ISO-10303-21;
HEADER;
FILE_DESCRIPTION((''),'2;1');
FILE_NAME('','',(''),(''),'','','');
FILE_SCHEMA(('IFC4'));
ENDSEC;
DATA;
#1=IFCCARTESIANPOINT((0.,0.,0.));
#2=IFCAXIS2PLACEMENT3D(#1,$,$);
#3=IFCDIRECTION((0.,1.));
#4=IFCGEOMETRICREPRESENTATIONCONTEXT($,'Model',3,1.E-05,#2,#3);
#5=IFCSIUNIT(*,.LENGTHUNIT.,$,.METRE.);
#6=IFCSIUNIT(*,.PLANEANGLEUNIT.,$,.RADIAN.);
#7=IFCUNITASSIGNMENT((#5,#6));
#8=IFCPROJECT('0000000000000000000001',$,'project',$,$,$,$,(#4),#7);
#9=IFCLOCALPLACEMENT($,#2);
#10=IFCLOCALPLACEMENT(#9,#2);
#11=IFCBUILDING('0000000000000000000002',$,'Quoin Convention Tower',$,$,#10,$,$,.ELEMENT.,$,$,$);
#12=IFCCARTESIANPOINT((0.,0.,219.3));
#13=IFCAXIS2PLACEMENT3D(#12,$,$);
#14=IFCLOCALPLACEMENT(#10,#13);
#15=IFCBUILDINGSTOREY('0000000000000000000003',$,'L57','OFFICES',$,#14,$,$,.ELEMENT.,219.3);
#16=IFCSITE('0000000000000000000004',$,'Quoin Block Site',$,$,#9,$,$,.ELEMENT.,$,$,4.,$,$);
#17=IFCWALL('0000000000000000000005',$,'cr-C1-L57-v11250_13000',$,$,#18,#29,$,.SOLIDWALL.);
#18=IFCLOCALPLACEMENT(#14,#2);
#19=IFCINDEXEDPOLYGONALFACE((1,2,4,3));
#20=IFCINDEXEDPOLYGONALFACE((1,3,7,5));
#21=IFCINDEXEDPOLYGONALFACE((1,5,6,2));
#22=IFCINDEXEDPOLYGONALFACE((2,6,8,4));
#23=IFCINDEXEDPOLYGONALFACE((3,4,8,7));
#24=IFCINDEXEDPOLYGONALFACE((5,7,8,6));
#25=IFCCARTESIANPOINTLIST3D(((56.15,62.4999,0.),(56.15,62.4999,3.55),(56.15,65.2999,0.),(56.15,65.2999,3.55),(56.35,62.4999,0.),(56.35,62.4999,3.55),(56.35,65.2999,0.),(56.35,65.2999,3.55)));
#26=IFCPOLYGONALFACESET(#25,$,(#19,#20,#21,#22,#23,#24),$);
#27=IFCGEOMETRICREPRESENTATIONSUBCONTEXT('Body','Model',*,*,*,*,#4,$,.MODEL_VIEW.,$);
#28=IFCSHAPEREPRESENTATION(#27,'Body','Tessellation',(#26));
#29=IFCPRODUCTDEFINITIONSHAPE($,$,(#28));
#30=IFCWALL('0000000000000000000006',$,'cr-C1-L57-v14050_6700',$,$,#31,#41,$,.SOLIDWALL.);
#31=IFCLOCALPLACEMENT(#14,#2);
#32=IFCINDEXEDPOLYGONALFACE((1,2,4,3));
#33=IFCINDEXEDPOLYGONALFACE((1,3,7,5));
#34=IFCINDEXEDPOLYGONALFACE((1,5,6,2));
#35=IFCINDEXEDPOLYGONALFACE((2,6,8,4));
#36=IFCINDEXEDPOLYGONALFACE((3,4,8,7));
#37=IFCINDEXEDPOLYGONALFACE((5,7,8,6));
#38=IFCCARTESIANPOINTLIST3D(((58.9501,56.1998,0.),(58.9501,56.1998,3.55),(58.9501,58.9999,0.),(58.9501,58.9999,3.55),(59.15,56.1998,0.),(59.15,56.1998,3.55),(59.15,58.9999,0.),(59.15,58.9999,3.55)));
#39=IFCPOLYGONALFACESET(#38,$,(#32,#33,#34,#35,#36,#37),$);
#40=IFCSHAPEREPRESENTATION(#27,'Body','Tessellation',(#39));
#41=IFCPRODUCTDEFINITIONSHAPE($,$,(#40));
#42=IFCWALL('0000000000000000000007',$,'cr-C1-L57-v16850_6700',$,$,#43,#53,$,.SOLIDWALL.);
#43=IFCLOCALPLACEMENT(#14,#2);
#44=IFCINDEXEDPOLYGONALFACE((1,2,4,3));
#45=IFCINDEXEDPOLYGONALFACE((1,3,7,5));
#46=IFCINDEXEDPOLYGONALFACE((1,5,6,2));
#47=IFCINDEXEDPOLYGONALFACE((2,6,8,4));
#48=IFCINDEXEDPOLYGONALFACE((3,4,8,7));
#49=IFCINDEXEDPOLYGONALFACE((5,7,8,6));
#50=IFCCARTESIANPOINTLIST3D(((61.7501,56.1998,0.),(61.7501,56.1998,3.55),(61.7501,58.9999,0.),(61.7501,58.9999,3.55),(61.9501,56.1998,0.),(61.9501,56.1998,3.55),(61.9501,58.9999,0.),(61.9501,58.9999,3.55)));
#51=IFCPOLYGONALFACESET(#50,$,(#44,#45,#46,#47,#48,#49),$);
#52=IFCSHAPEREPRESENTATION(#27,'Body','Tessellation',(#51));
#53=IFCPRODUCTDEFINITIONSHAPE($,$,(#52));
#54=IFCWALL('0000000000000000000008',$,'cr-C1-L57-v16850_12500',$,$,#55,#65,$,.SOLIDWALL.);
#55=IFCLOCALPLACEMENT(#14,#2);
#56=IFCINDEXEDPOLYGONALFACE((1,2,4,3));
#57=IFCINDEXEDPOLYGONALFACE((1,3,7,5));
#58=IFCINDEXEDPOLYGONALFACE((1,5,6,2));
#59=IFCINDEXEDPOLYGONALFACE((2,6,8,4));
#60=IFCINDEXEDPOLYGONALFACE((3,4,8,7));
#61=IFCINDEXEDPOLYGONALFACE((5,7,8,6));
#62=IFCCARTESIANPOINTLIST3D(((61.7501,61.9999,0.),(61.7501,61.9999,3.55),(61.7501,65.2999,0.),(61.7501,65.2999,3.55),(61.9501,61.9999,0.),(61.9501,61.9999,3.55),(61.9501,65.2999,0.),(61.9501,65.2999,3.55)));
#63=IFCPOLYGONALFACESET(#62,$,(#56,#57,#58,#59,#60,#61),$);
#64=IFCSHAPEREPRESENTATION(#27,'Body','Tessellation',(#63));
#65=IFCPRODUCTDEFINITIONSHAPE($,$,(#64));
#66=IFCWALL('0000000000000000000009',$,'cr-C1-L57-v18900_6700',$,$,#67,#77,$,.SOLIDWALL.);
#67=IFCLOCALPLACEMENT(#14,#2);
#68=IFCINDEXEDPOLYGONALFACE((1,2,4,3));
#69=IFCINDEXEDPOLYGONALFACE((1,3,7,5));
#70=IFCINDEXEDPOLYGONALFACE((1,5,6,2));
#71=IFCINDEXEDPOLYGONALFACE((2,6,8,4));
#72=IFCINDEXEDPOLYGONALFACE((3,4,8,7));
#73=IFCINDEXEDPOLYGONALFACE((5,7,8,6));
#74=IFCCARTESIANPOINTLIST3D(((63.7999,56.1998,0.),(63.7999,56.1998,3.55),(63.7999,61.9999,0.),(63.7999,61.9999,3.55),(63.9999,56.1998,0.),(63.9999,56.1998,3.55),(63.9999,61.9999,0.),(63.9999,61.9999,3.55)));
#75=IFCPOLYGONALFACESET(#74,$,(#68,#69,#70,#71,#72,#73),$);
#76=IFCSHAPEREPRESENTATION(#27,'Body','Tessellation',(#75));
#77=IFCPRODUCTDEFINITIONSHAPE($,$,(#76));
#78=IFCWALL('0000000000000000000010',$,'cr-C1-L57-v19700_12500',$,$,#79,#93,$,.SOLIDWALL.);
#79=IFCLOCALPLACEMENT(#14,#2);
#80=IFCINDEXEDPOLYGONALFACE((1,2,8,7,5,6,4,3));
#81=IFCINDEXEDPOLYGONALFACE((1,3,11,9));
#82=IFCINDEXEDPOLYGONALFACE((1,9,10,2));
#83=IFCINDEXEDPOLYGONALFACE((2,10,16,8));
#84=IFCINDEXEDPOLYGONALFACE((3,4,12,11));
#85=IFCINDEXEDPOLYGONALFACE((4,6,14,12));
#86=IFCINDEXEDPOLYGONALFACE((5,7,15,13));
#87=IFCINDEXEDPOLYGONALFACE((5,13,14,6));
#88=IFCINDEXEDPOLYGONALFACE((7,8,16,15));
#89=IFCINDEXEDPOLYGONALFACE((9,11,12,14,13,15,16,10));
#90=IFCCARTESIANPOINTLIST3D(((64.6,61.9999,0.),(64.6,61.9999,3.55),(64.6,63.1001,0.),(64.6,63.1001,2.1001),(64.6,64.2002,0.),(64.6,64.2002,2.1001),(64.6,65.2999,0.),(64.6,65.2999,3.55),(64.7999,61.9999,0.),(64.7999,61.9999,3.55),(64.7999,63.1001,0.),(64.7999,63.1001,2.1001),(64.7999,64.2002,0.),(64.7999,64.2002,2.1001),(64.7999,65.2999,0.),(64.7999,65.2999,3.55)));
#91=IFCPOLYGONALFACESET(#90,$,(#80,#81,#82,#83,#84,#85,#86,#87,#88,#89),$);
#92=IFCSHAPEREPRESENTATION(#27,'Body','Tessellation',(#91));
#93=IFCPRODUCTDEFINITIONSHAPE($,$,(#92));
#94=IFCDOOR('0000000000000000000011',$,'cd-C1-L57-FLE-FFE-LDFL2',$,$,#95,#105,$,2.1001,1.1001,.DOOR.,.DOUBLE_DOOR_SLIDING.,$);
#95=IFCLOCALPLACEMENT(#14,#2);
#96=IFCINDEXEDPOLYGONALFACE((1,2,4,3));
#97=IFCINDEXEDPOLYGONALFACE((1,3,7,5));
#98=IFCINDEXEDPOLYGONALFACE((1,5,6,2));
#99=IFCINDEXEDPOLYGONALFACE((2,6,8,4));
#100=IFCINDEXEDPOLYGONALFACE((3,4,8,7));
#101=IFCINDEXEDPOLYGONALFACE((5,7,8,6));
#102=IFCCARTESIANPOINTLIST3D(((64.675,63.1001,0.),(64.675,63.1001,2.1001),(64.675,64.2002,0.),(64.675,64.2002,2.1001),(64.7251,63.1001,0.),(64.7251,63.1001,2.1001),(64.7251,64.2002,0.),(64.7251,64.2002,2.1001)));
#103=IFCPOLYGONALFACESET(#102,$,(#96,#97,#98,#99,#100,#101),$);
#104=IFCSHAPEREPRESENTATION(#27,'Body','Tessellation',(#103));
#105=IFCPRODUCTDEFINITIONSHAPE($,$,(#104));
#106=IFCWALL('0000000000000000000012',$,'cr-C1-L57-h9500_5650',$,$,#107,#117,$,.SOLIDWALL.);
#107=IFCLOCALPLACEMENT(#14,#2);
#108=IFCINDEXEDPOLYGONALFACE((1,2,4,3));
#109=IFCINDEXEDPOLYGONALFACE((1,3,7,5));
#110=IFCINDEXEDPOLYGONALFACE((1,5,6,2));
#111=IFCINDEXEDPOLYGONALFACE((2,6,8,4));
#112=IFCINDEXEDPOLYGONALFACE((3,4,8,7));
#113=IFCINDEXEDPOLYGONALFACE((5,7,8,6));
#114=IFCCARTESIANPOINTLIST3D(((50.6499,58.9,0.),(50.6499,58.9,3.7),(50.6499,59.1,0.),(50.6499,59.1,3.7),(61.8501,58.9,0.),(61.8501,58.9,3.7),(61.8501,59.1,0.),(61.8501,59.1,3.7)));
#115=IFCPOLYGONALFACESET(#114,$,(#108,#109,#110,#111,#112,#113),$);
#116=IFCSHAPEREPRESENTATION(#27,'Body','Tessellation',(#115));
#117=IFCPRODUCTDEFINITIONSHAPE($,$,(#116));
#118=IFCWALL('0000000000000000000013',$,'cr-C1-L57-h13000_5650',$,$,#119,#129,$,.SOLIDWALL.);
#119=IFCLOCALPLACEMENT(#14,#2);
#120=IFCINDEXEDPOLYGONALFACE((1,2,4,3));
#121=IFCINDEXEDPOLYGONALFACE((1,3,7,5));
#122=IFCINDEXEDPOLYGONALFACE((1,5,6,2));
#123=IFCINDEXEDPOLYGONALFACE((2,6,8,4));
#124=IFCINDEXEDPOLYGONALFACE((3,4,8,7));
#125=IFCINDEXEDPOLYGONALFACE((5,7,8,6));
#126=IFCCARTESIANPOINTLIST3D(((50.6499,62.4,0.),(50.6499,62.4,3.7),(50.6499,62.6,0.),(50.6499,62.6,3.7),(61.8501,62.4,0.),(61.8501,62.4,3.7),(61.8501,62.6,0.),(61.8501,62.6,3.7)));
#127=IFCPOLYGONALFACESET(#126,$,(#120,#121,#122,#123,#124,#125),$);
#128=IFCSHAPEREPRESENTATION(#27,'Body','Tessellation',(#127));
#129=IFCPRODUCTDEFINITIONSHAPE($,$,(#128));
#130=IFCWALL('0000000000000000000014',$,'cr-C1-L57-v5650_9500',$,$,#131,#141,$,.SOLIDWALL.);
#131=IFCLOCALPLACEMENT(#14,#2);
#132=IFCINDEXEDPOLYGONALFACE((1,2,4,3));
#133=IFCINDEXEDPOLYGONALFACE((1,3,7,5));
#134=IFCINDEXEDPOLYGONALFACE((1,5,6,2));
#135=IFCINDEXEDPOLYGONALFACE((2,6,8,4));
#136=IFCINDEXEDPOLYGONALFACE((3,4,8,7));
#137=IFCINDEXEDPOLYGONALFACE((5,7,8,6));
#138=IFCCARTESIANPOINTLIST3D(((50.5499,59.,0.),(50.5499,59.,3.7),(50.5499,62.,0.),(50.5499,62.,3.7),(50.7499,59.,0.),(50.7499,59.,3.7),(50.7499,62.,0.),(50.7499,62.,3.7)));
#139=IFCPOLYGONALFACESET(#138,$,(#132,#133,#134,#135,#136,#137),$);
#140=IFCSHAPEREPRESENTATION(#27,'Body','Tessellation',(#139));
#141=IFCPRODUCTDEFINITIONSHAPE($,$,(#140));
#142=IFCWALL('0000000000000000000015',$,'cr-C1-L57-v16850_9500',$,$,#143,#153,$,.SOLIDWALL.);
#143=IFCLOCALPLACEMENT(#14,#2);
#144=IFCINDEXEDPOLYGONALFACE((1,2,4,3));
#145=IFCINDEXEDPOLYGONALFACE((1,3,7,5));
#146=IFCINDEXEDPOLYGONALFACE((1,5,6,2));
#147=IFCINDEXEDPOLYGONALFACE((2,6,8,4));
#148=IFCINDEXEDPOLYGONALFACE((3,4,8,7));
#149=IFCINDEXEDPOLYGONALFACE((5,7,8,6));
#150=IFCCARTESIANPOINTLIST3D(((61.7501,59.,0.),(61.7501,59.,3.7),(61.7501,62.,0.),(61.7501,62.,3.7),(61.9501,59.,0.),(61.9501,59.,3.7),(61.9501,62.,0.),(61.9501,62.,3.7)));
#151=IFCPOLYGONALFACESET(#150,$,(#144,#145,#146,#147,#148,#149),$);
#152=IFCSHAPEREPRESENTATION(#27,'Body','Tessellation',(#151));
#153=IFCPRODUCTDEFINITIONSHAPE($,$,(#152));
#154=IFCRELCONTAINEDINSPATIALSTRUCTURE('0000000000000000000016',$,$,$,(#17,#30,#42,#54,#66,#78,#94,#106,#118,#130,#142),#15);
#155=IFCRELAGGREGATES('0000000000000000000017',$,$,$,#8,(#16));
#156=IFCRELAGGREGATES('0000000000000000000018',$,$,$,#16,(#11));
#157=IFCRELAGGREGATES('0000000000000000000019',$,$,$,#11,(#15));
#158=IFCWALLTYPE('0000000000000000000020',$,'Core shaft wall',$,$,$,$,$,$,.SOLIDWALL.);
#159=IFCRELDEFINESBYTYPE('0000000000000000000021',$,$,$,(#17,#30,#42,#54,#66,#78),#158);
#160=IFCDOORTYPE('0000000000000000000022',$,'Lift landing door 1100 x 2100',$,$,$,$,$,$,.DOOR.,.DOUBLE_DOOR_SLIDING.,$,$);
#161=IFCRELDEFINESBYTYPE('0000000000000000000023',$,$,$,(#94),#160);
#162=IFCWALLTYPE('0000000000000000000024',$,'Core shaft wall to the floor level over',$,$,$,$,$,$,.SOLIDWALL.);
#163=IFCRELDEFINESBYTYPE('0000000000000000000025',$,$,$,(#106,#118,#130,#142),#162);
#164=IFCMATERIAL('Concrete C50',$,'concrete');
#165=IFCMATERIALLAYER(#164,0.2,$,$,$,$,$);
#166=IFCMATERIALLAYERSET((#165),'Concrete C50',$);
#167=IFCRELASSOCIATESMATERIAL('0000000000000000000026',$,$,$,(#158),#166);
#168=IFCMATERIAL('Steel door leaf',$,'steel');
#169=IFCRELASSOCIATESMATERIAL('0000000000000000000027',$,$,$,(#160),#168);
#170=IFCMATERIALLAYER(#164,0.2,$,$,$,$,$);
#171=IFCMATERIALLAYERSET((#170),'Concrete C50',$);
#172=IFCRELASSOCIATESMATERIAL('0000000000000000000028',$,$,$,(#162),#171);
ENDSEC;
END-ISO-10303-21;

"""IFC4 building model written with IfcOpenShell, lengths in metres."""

from ifc_helpers import new_model, si_unit, direction, frame, frame_2d, origin, place, context, subcontext, project, spatial, rectangle, extrude, material, layer, layer_set, type_object, element, fill, save


model = new_model("IFC4")

# Units and contexts
model_context = context("Model", 3, precision=1e-05, world=origin(), true_north=direction((0.0, 1.0)))
body_context = subcontext(model_context, "Body", "Model", "MODEL_VIEW")
ifc_project = project(units=[si_unit("LENGTHUNIT", "METRE"), si_unit("PLANEANGLEUNIT", "RADIAN")], contexts=[model_context])

# Site, building, storey
site_placement = place(None, origin())
site = spatial("IfcSite", under=ifc_project, at=site_placement, Name="Quoin Block Site", CompositionType="ELEMENT", RefElevation=4.0)
building_placement = place(site_placement, origin())
building = spatial("IfcBuilding", under=site, at=building_placement, Name="Quoin Convention Tower", CompositionType="ELEMENT")
storey_placement = place(building_placement, frame((0.0, 0.0, 219.3)))
storey = spatial("IfcBuildingStorey", under=building, at=storey_placement, Name="L57", Description="OFFICES", CompositionType="ELEMENT", Elevation=219.3)

# Shared definitions
ifc_material_1 = material(Name="Concrete C50", Category="concrete")
ifc_layer_1 = layer(ifc_material_1, 0.2)
ifc_layer_set_1 = layer_set([ifc_layer_1], Name="Concrete C50")
wall_type_1 = type_object("IfcWallType", Name="Core shaft wall", PredefinedType="SOLIDWALL", material=ifc_layer_set_1)

# Shared definitions
ifc_material_2 = material(Name="Steel door leaf", Category="steel")

# Walls
for number, where, z_axis, x_axis, name in (
    (1, (56.25, 62.5, 0.0), (0.0, 0.0, 1.0), (0.0, 1.0, 0.0), "cr-C1-L57-v11250_13000"),
    (2, (59.05, 56.2, 0.0), (0.0, 0.0, 1.0), (0.0, 1.0, 0.0), "cr-C1-L57-v14050_6700"),
    (3, (61.8501, 56.2, 0.0), (0.0, 0.0, 1.0), (0.0, 1.0, 0.0), "cr-C1-L57-v16850_6700"),
):
    element("IfcWall", number, at=place(storey_placement, frame(where, z_axis=z_axis, x_axis=x_axis)), inside=storey, type_object=wall_type_1, Name=name, PredefinedType="SOLIDWALL", context=body_context, shape_type="SweptSolid", body=[
        extrude(rectangle(XDim=2.8, YDim=0.2, at=frame_2d((1.3999, 0.0))), origin(), (0.0, 0.0, 1.0), 3.55),
    ])
wall_1_placement = place(storey_placement, frame((61.8501, 62.0, 0.0), z_axis=(0.0, 0.0, 1.0), x_axis=(0.0, 1.0, 0.0)))
element("IfcWall", 4, at=wall_1_placement, inside=storey, type_object=wall_type_1, Name="cr-C1-L57-v16850_12500", PredefinedType="SOLIDWALL", context=body_context, shape_type="SweptSolid", body=[
    extrude(rectangle(XDim=3.3, YDim=0.2, at=frame_2d((1.6499, 0.0))), origin(), (0.0, 0.0, 1.0), 3.55),
])
wall_2_placement = place(storey_placement, frame((63.8999, 56.2, 0.0), z_axis=(0.0, 0.0, 1.0), x_axis=(0.0, 1.0, 0.0)))
element("IfcWall", 5, at=wall_2_placement, inside=storey, type_object=wall_type_1, Name="cr-C1-L57-v18900_6700", PredefinedType="SOLIDWALL", context=body_context, shape_type="SweptSolid", body=[
    extrude(rectangle(XDim=5.8, YDim=0.2, at=frame_2d((2.8999, 0.0))), origin(), (0.0, 0.0, 1.0), 3.55),
])

# Wall, opening, door
wall_3_placement = place(storey_placement, frame((64.7, 62.0, 0.0), z_axis=(0.0, 0.0, 1.0), x_axis=(0.0, 1.0, 0.0)))
wall_3 = element("IfcWall", 6, at=wall_3_placement, inside=storey, type_object=wall_type_1, Name="cr-C1-L57-v19700_12500", PredefinedType="SOLIDWALL", context=body_context, shape_type="SweptSolid", body=[
    extrude(rectangle(XDim=3.3, YDim=0.2, at=frame_2d((1.6499, 0.0))), origin(), (0.0, 0.0, 1.0), 3.55),
])
opening_1_placement = place(wall_3_placement, frame((1.1001, 0.0, 0.0)))
opening_1 = element("IfcOpeningElement", 7, at=opening_1_placement, cuts=wall_3, PredefinedType="OPENING", context=body_context, shape_type="SweptSolid", body=[
    extrude(rectangle(XDim=1.1001, YDim=2.1001, at=frame_2d((0.55, 1.05))), frame((0.0, 0.1099, 0.0), z_axis=(0.0, -1.0, 0.0), x_axis=(1.0, 0.0, 0.0)), (0.0, 0.0, 1.0), 0.22),
])
door_type_1 = type_object("IfcDoorType", Name="Lift landing door 1100 x 2100", OperationType="DOUBLE_DOOR_SLIDING", PredefinedType="DOOR", material=ifc_material_2)
door_1_placement = place(opening_1_placement, origin())
door_1 = element("IfcDoor", 8, at=door_1_placement, inside=storey, type_object=door_type_1, Name="cd-C1-L57-FLE-FFE-LDFL2", OperationType="DOUBLE_DOOR_SLIDING", OverallHeight=2.1001, OverallWidth=1.1001, PredefinedType="DOOR", context=body_context, shape_type="SweptSolid", body=[
    extrude(rectangle(XDim=1.1001, YDim=2.1001, at=frame_2d((0.55, 1.05))), frame((0.0, 0.0249, 0.0), z_axis=(0.0, -1.0, 0.0), x_axis=(1.0, 0.0, 0.0)), (0.0, 0.0, 1.0), 0.05),
])
fill(opening_1, door_1)

# Walls
ifc_layer_2 = layer(ifc_material_1, 0.2)
ifc_layer_set_2 = layer_set([ifc_layer_2], Name="Concrete C50")
wall_type_2 = type_object("IfcWallType", Name="Core shaft wall to the floor level over", PredefinedType="SOLIDWALL", material=ifc_layer_set_2)
for number, where, z_axis, x_axis, name in (
    (9, (50.6499, 59.0, 0.0), (0.0, 0.0, 1.0), (1.0, 0.0, 0.0), "cr-C1-L57-h9500_5650"),
    (10, (50.6499, 62.5, 0.0), (0.0, 0.0, 1.0), (1.0, 0.0, 0.0), "cr-C1-L57-h13000_5650"),
):
    element("IfcWall", number, at=place(storey_placement, frame(where, z_axis=z_axis, x_axis=x_axis)), inside=storey, type_object=wall_type_2, Name=name, PredefinedType="SOLIDWALL", context=body_context, shape_type="SweptSolid", body=[
        extrude(rectangle(XDim=11.2002, YDim=0.2, at=frame_2d((5.6001, 0.0))), origin(), (0.0, 0.0, 1.0), 3.7),
    ])
for number, where, z_axis, x_axis, name in (
    (11, (50.6499, 59.0, 0.0), (0.0, 0.0, 1.0), (0.0, 1.0, 0.0), "cr-C1-L57-v5650_9500"),
    (12, (61.8501, 59.0, 0.0), (0.0, 0.0, 1.0), (0.0, 1.0, 0.0), "cr-C1-L57-v16850_9500"),
):
    element("IfcWall", number, at=place(storey_placement, frame(where, z_axis=z_axis, x_axis=x_axis)), inside=storey, type_object=wall_type_2, Name=name, PredefinedType="SOLIDWALL", context=body_context, shape_type="SweptSolid", body=[
        extrude(rectangle(XDim=3.0, YDim=0.2, at=frame_2d((1.5, 0.0))), origin(), (0.0, 0.0, 1.0), 3.7),
    ])

save(model, "model.ifc")
